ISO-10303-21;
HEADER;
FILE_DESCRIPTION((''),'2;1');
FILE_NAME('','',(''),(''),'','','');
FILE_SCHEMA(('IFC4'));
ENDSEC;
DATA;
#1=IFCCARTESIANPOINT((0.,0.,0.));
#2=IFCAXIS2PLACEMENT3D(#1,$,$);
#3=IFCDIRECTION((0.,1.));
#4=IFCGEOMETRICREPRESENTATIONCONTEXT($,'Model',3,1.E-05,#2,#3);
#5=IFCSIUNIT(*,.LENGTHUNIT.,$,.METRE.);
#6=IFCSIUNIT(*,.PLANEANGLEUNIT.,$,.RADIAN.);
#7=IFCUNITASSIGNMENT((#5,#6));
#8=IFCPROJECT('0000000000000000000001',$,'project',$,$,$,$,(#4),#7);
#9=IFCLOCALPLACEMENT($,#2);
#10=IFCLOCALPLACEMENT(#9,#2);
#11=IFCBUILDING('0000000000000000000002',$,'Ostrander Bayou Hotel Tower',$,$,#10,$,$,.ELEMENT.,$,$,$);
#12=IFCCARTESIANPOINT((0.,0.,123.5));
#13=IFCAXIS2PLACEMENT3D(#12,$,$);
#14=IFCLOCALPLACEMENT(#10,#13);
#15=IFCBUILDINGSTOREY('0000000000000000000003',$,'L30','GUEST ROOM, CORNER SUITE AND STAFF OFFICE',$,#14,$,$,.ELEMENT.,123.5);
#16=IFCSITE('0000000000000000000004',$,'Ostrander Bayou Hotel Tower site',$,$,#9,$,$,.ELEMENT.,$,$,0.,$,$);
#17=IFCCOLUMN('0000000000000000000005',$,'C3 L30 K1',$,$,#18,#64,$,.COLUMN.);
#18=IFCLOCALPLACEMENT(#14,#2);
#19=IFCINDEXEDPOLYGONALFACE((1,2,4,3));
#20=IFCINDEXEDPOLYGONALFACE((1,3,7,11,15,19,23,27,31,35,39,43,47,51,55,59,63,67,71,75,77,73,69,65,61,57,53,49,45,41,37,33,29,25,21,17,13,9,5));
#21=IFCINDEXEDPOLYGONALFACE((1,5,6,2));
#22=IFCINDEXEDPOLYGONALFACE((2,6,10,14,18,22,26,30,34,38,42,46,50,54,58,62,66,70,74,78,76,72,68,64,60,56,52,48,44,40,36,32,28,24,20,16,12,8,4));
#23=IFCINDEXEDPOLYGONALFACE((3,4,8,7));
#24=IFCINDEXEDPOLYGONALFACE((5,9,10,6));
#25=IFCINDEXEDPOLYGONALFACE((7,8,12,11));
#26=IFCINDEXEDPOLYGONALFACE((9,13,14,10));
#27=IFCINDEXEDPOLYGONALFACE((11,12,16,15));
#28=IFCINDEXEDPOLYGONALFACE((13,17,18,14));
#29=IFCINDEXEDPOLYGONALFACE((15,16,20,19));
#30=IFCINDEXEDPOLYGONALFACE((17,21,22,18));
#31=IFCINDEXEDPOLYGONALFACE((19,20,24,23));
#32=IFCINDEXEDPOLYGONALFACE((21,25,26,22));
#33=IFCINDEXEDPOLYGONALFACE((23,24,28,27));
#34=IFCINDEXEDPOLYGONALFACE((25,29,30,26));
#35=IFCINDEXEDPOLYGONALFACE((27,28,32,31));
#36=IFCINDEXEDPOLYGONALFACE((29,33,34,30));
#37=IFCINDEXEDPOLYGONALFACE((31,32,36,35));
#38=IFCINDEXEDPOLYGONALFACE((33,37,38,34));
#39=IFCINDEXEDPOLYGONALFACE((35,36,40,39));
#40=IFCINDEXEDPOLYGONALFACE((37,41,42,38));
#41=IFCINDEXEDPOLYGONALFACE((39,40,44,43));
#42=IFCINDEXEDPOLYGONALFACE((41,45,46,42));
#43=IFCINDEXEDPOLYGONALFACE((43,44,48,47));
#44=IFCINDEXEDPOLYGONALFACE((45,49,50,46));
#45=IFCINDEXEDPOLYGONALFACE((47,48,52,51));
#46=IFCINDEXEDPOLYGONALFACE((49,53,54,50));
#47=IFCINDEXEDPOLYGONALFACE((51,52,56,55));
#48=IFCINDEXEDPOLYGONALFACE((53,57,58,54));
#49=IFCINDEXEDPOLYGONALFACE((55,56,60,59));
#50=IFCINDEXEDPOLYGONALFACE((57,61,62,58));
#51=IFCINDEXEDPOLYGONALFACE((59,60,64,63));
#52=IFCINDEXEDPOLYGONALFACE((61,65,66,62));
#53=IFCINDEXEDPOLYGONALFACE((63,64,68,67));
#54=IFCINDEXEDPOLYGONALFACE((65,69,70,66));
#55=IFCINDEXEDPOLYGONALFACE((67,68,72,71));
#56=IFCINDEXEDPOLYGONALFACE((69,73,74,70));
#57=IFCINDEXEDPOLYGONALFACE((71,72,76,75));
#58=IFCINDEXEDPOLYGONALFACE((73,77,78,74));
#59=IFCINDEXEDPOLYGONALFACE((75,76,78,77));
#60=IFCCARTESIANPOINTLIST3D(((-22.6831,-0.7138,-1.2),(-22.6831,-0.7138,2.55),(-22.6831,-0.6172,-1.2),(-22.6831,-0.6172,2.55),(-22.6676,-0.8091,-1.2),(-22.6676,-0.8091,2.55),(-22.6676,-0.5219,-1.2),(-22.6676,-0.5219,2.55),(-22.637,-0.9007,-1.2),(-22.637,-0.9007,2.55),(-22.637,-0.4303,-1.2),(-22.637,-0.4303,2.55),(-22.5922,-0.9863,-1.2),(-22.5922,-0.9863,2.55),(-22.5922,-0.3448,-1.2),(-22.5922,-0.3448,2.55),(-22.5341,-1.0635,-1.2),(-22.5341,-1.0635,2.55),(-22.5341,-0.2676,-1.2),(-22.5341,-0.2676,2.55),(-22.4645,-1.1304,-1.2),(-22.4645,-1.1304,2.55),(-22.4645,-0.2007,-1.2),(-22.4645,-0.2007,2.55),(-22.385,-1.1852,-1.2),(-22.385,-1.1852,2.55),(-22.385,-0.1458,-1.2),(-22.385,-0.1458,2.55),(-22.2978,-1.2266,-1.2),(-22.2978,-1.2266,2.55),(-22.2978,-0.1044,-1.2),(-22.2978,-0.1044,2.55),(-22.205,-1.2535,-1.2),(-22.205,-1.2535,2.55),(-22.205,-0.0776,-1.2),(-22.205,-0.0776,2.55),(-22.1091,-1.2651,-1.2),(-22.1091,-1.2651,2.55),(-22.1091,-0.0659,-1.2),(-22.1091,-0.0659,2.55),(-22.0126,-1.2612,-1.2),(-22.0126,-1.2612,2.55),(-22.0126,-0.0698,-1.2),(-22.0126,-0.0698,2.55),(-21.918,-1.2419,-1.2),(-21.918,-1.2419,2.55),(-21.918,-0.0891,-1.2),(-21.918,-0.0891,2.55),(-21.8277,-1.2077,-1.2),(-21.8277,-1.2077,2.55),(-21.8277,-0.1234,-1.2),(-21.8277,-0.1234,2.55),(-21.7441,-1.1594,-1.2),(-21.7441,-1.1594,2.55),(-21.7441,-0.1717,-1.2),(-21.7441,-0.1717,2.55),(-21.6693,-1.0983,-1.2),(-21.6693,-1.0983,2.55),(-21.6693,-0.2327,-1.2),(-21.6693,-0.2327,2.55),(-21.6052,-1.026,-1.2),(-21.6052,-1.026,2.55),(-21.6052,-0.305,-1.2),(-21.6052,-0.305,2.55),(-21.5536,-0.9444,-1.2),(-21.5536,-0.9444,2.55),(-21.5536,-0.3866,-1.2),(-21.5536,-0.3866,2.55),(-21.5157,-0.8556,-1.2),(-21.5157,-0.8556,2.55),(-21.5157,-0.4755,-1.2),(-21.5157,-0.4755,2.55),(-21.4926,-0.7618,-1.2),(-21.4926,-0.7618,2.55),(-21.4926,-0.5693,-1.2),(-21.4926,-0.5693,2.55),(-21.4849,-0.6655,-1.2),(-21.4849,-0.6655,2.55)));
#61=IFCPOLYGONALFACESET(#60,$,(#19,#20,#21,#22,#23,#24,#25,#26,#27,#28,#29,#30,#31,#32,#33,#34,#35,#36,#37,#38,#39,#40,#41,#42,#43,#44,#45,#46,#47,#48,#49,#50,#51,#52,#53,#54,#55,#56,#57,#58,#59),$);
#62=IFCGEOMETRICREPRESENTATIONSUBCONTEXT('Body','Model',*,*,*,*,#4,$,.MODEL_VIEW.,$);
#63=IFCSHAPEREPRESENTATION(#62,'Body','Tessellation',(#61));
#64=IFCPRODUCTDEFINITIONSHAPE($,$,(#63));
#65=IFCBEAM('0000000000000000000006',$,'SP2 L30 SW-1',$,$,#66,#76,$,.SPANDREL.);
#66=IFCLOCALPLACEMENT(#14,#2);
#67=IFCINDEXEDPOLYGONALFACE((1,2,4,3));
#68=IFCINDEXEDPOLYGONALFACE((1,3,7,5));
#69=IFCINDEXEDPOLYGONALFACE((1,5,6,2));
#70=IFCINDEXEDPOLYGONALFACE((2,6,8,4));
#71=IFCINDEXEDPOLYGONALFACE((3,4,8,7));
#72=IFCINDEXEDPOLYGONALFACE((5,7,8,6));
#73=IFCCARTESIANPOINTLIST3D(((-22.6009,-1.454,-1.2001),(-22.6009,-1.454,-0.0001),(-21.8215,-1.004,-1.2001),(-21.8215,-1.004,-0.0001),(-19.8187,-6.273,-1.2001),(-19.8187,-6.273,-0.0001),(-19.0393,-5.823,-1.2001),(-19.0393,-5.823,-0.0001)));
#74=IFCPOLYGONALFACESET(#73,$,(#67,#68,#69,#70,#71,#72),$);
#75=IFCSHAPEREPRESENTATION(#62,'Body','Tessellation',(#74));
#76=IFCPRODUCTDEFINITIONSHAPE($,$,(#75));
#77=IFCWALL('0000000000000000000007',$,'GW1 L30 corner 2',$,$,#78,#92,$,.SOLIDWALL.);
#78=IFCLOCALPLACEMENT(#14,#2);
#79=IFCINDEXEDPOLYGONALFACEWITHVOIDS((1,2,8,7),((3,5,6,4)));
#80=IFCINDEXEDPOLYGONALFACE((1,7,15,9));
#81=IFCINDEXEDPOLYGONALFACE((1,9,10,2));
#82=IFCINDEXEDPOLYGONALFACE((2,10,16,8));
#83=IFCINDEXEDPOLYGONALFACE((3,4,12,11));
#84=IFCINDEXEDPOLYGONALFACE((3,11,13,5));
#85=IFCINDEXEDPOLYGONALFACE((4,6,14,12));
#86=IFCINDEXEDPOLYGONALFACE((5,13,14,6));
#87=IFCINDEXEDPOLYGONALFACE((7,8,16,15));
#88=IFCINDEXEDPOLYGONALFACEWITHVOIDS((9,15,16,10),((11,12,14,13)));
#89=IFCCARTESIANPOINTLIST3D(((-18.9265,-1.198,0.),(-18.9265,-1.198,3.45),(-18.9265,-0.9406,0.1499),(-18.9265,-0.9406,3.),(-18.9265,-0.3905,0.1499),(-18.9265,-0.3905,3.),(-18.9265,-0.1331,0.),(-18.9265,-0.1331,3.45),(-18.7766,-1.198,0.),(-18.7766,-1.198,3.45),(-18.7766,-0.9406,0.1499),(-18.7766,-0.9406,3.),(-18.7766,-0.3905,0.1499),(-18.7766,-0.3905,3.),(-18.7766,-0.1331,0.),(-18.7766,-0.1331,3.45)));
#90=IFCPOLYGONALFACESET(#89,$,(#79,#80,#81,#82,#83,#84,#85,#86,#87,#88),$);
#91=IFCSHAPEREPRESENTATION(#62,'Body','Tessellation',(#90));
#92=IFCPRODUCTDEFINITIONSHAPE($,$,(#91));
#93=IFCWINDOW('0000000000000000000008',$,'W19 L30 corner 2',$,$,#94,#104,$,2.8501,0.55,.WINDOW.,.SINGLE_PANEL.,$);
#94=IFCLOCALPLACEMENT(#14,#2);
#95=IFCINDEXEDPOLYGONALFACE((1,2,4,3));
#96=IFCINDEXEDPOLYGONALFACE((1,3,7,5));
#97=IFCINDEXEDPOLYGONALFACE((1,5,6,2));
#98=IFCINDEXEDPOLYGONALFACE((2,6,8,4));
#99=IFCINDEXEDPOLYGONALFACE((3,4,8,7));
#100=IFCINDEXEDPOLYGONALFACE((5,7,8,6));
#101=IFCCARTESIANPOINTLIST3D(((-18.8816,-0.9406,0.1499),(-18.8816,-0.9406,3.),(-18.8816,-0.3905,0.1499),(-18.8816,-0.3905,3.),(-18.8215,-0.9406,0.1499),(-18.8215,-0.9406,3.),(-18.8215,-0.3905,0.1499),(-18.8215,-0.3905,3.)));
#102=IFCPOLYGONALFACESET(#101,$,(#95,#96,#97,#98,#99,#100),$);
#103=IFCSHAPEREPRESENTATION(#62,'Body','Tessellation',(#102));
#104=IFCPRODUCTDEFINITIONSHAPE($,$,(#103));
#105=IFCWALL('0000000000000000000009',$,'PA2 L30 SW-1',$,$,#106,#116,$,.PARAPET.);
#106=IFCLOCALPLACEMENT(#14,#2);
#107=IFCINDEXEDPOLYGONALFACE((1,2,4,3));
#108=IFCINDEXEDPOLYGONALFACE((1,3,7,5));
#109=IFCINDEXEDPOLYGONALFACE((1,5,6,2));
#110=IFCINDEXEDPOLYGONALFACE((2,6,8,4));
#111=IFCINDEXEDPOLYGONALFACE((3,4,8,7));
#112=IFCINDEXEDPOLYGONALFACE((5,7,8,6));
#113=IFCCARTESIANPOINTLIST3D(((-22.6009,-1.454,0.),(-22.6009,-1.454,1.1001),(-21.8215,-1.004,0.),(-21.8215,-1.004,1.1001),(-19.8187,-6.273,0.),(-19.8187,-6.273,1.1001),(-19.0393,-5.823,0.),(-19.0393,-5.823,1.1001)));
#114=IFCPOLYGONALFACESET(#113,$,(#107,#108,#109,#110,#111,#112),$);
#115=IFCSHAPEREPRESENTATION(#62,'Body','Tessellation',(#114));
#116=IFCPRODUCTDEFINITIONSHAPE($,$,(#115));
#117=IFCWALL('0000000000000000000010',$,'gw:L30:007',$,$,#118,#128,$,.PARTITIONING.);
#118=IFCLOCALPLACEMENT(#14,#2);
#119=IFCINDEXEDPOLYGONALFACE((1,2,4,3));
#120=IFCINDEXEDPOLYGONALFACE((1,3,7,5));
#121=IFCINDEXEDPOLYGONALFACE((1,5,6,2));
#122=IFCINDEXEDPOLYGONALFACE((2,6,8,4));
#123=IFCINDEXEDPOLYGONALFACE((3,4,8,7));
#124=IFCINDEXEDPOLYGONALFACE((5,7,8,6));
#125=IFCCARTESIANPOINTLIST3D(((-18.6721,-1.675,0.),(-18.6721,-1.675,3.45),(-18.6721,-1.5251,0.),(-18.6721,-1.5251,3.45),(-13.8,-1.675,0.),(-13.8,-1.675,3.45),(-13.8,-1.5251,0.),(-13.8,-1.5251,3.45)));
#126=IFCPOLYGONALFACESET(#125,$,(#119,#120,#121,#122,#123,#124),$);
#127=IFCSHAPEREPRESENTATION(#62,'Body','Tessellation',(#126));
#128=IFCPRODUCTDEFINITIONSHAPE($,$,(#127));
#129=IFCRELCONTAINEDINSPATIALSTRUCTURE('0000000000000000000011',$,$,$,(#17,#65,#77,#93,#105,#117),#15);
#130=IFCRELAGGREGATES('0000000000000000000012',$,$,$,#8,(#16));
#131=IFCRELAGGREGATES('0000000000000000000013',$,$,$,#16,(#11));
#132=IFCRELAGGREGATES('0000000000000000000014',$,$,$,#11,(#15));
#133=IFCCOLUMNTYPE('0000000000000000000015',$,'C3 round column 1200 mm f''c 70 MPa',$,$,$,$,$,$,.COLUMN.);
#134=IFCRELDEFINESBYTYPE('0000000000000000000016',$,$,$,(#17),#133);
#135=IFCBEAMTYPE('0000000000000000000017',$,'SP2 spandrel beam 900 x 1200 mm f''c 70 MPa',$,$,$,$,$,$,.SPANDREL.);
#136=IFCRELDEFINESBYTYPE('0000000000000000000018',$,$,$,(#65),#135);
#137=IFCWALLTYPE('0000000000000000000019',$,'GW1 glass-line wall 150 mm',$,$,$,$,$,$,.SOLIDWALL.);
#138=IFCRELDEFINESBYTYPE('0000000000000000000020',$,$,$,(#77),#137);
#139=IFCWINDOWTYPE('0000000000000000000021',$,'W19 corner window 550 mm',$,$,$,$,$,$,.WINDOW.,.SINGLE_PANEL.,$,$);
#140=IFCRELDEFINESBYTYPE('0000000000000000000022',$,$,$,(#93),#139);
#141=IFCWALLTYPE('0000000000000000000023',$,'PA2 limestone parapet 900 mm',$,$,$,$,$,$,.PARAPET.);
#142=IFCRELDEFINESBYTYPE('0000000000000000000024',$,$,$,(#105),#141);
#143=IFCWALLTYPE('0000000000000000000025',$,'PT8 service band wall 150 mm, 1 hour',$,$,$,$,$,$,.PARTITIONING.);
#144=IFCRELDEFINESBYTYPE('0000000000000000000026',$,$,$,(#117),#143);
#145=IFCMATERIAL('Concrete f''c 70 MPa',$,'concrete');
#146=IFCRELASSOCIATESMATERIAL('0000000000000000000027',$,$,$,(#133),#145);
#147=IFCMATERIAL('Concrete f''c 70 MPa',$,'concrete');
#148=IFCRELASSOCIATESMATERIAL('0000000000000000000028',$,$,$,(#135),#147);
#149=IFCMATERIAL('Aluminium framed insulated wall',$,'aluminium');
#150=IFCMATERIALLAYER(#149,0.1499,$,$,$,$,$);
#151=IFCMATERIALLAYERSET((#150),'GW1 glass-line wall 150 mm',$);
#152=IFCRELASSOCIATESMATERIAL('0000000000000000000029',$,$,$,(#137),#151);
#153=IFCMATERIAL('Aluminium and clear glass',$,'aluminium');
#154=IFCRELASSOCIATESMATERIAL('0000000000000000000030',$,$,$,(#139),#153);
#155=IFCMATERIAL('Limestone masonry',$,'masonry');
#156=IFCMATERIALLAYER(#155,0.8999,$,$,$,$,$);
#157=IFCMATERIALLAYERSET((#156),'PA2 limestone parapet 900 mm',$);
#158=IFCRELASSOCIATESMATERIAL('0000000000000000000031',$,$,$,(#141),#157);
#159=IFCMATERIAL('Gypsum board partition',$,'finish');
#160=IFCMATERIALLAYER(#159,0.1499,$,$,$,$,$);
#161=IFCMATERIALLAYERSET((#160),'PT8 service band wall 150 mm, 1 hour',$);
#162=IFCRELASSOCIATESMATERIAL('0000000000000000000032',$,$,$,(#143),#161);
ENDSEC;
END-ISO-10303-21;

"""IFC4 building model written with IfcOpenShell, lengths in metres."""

from ifc_helpers import new_model, si_unit, direction, frame, frame_2d, origin, origin_2d, place, context, subcontext, project, spatial, rectangle, circle, extrude, material, layer, layer_set, material_profile, profile_set, type_object, element, fill, save


model = new_model("IFC4")

# Units and contexts
model_context = context("Model", 3, precision=1e-05, world=origin(), true_north=direction((0.0, 1.0)))
body_context = subcontext(model_context, "Body", "Model", "MODEL_VIEW")
ifc_project = project(units=[si_unit("LENGTHUNIT", "METRE"), si_unit("PLANEANGLEUNIT", "RADIAN")], contexts=[model_context])

# Site, building, storey
site_placement = place(None, origin())
site = spatial("IfcSite", under=ifc_project, at=site_placement, Name="Ostrander Bayou Hotel Tower site", CompositionType="ELEMENT", RefElevation=0.0)
building_placement = place(site_placement, origin())
building = spatial("IfcBuilding", under=site, at=building_placement, Name="Ostrander Bayou Hotel Tower", CompositionType="ELEMENT")
storey_placement = place(building_placement, frame((0.0, 0.0, 123.5)))
storey = spatial("IfcBuildingStorey", under=building, at=storey_placement, Name="L30", Description="GUEST ROOM, CORNER SUITE AND STAFF OFFICE", CompositionType="ELEMENT", Elevation=123.5)

# Column
ifc_material_1 = material(Name="Concrete f'c 70 MPa", Category="concrete")
ifc_material_profile_1 = material_profile(ifc_material_1, circle(Radius=0.6001, at=origin_2d()))
ifc_profile_set_1 = profile_set([ifc_material_profile_1], Name="Concrete f'c 70 MPa")
column_type = type_object("IfcColumnType", Name="C3 round column 1200 mm f'c 70 MPa", PredefinedType="COLUMN", material=ifc_profile_set_1)
column_placement = place(storey_placement, frame((-22.085, -0.6655, -1.2), z_axis=(0.0, 0.0, 1.0), x_axis=(1.0, 0.0, 0.0)))
element("IfcColumn", 1, at=column_placement, inside=storey, type_object=column_type, Name="C3 L30 K1", PredefinedType="COLUMN", context=body_context, shape_type="SweptSolid", body=[
    extrude(circle(Radius=0.6001, at=origin_2d()), origin(), (0.0, 0.0, 1.0), 3.75),
])

# Beam
ifc_material_2 = material(Name="Concrete f'c 70 MPa", Category="concrete")
ifc_material_profile_2 = material_profile(ifc_material_2, rectangle(XDim=0.8999, YDim=1.2, at=origin_2d()))
ifc_profile_set_2 = profile_set([ifc_material_profile_2], Name="Concrete f'c 70 MPa")
beam_type = type_object("IfcBeamType", Name="SP2 spandrel beam 900 x 1200 mm f'c 70 MPa", PredefinedType="SPANDREL", material=ifc_profile_set_2)
beam_placement = place(storey_placement, frame((-22.2112, -1.229, -0.6001), z_axis=(0.49999, -0.866031, 0.0), x_axis=(0.866031, 0.49999, 0.0)))
element("IfcBeam", 2, at=beam_placement, inside=storey, type_object=beam_type, Name="SP2 L30 SW-1", PredefinedType="SPANDREL", context=body_context, shape_type="SweptSolid", body=[
    extrude(rectangle(XDim=0.8999, YDim=1.2, at=origin_2d()), origin(), (0.0, 0.0, 1.0), 5.5645),
])

# Shared definitions
ifc_material_3 = material(Name="Aluminium framed insulated wall", Category="aluminium")
ifc_layer_1 = layer(ifc_material_3, 0.1499)
ifc_layer_set_1 = layer_set([ifc_layer_1], Name="GW1 glass-line wall 150 mm")
wall_type_1 = type_object("IfcWallType", Name="GW1 glass-line wall 150 mm", PredefinedType="SOLIDWALL", material=ifc_layer_set_1)

# Wall, opening, window
wall_1_placement = place(storey_placement, frame((-18.8516, -0.1331, 0.0), z_axis=(0.0, 0.0, 1.0), x_axis=(0.0, -1.0, 0.0)))
wall_1 = element("IfcWall", 3, at=wall_1_placement, inside=storey, type_object=wall_type_1, Name="GW1 L30 corner 2", PredefinedType="SOLIDWALL", context=body_context, shape_type="SweptSolid", body=[
    extrude(rectangle(XDim=1.0649, YDim=0.1499, at=frame_2d((0.5325, 0.0))), origin(), (0.0, 0.0, 1.0), 3.45),
])
opening_1_placement = place(wall_1_placement, frame((0.2576, 0.0, 0.1499)))
opening_1 = element("IfcOpeningElement", 4, at=opening_1_placement, cuts=wall_1, PredefinedType="OPENING", context=body_context, shape_type="SweptSolid", body=[
    extrude(rectangle(XDim=0.55, YDim=2.8501, at=frame_2d((0.2749, 1.425))), frame((0.0, 0.075, 0.0), z_axis=(0.0, -1.0, 0.0), x_axis=(1.0, 0.0, 0.0)), (0.0, 0.0, 1.0), 0.1499),
])
ifc_material_4 = material(Name="Aluminium and clear glass", Category="aluminium")
window_type_1 = type_object("IfcWindowType", Name="W19 corner window 550 mm", PartitioningType="SINGLE_PANEL", PredefinedType="WINDOW", material=ifc_material_4)
window_1_placement = place(opening_1_placement, origin())
window_1 = element("IfcWindow", 5, at=window_1_placement, inside=storey, type_object=window_type_1, Name="W19 L30 corner 2", OverallHeight=2.8501, OverallWidth=0.55, PartitioningType="SINGLE_PANEL", PredefinedType="WINDOW", context=body_context, shape_type="SweptSolid", body=[
    extrude(rectangle(XDim=0.55, YDim=2.8501, at=frame_2d((0.2749, 1.425))), frame((0.0, 0.03, 0.0), z_axis=(0.0, -1.0, 0.0), x_axis=(1.0, 0.0, 0.0)), (0.0, 0.0, 1.0), 0.0601),
])
fill(opening_1, window_1)

# Walls
ifc_material_5 = material(Name="Limestone masonry", Category="masonry")
ifc_layer_2 = layer(ifc_material_5, 0.8999)
ifc_layer_set_2 = layer_set([ifc_layer_2], Name="PA2 limestone parapet 900 mm")
wall_type_2 = type_object("IfcWallType", Name="PA2 limestone parapet 900 mm", PredefinedType="PARAPET", material=ifc_layer_set_2)
wall_2_placement = place(storey_placement, frame((-22.2112, -1.229, 0.0), z_axis=(0.0, 0.0, 1.0), x_axis=(0.49999, -0.866031, 0.0)))
element("IfcWall", 6, at=wall_2_placement, inside=storey, type_object=wall_type_2, Name="PA2 L30 SW-1", PredefinedType="PARAPET", context=body_context, shape_type="SweptSolid", body=[
    extrude(rectangle(XDim=5.5645, YDim=0.8999, at=frame_2d((2.7822, 0.0))), origin(), (0.0, 0.0, 1.0), 1.1001),
])
ifc_material_6 = material(Name="Gypsum board partition", Category="finish")
ifc_layer_3 = layer(ifc_material_6, 0.1499)
ifc_layer_set_3 = layer_set([ifc_layer_3], Name="PT8 service band wall 150 mm, 1 hour")
wall_type_3 = type_object("IfcWallType", Name="PT8 service band wall 150 mm, 1 hour", PredefinedType="PARTITIONING", material=ifc_layer_set_3)
wall_3_placement = place(storey_placement, frame((-18.6721, -1.6001, 0.0), z_axis=(0.0, 0.0, 1.0), x_axis=(1.0, 0.0, 0.0)))
element("IfcWall", 7, at=wall_3_placement, inside=storey, type_object=wall_type_3, Name="gw:L30:007", PredefinedType="PARTITIONING", context=body_context, shape_type="SweptSolid", body=[
    extrude(rectangle(XDim=4.8721, YDim=0.1499, at=frame_2d((2.436, 0.0))), origin(), (0.0, 0.0, 1.0), 3.45),
])

save(model, "model.ifc")
